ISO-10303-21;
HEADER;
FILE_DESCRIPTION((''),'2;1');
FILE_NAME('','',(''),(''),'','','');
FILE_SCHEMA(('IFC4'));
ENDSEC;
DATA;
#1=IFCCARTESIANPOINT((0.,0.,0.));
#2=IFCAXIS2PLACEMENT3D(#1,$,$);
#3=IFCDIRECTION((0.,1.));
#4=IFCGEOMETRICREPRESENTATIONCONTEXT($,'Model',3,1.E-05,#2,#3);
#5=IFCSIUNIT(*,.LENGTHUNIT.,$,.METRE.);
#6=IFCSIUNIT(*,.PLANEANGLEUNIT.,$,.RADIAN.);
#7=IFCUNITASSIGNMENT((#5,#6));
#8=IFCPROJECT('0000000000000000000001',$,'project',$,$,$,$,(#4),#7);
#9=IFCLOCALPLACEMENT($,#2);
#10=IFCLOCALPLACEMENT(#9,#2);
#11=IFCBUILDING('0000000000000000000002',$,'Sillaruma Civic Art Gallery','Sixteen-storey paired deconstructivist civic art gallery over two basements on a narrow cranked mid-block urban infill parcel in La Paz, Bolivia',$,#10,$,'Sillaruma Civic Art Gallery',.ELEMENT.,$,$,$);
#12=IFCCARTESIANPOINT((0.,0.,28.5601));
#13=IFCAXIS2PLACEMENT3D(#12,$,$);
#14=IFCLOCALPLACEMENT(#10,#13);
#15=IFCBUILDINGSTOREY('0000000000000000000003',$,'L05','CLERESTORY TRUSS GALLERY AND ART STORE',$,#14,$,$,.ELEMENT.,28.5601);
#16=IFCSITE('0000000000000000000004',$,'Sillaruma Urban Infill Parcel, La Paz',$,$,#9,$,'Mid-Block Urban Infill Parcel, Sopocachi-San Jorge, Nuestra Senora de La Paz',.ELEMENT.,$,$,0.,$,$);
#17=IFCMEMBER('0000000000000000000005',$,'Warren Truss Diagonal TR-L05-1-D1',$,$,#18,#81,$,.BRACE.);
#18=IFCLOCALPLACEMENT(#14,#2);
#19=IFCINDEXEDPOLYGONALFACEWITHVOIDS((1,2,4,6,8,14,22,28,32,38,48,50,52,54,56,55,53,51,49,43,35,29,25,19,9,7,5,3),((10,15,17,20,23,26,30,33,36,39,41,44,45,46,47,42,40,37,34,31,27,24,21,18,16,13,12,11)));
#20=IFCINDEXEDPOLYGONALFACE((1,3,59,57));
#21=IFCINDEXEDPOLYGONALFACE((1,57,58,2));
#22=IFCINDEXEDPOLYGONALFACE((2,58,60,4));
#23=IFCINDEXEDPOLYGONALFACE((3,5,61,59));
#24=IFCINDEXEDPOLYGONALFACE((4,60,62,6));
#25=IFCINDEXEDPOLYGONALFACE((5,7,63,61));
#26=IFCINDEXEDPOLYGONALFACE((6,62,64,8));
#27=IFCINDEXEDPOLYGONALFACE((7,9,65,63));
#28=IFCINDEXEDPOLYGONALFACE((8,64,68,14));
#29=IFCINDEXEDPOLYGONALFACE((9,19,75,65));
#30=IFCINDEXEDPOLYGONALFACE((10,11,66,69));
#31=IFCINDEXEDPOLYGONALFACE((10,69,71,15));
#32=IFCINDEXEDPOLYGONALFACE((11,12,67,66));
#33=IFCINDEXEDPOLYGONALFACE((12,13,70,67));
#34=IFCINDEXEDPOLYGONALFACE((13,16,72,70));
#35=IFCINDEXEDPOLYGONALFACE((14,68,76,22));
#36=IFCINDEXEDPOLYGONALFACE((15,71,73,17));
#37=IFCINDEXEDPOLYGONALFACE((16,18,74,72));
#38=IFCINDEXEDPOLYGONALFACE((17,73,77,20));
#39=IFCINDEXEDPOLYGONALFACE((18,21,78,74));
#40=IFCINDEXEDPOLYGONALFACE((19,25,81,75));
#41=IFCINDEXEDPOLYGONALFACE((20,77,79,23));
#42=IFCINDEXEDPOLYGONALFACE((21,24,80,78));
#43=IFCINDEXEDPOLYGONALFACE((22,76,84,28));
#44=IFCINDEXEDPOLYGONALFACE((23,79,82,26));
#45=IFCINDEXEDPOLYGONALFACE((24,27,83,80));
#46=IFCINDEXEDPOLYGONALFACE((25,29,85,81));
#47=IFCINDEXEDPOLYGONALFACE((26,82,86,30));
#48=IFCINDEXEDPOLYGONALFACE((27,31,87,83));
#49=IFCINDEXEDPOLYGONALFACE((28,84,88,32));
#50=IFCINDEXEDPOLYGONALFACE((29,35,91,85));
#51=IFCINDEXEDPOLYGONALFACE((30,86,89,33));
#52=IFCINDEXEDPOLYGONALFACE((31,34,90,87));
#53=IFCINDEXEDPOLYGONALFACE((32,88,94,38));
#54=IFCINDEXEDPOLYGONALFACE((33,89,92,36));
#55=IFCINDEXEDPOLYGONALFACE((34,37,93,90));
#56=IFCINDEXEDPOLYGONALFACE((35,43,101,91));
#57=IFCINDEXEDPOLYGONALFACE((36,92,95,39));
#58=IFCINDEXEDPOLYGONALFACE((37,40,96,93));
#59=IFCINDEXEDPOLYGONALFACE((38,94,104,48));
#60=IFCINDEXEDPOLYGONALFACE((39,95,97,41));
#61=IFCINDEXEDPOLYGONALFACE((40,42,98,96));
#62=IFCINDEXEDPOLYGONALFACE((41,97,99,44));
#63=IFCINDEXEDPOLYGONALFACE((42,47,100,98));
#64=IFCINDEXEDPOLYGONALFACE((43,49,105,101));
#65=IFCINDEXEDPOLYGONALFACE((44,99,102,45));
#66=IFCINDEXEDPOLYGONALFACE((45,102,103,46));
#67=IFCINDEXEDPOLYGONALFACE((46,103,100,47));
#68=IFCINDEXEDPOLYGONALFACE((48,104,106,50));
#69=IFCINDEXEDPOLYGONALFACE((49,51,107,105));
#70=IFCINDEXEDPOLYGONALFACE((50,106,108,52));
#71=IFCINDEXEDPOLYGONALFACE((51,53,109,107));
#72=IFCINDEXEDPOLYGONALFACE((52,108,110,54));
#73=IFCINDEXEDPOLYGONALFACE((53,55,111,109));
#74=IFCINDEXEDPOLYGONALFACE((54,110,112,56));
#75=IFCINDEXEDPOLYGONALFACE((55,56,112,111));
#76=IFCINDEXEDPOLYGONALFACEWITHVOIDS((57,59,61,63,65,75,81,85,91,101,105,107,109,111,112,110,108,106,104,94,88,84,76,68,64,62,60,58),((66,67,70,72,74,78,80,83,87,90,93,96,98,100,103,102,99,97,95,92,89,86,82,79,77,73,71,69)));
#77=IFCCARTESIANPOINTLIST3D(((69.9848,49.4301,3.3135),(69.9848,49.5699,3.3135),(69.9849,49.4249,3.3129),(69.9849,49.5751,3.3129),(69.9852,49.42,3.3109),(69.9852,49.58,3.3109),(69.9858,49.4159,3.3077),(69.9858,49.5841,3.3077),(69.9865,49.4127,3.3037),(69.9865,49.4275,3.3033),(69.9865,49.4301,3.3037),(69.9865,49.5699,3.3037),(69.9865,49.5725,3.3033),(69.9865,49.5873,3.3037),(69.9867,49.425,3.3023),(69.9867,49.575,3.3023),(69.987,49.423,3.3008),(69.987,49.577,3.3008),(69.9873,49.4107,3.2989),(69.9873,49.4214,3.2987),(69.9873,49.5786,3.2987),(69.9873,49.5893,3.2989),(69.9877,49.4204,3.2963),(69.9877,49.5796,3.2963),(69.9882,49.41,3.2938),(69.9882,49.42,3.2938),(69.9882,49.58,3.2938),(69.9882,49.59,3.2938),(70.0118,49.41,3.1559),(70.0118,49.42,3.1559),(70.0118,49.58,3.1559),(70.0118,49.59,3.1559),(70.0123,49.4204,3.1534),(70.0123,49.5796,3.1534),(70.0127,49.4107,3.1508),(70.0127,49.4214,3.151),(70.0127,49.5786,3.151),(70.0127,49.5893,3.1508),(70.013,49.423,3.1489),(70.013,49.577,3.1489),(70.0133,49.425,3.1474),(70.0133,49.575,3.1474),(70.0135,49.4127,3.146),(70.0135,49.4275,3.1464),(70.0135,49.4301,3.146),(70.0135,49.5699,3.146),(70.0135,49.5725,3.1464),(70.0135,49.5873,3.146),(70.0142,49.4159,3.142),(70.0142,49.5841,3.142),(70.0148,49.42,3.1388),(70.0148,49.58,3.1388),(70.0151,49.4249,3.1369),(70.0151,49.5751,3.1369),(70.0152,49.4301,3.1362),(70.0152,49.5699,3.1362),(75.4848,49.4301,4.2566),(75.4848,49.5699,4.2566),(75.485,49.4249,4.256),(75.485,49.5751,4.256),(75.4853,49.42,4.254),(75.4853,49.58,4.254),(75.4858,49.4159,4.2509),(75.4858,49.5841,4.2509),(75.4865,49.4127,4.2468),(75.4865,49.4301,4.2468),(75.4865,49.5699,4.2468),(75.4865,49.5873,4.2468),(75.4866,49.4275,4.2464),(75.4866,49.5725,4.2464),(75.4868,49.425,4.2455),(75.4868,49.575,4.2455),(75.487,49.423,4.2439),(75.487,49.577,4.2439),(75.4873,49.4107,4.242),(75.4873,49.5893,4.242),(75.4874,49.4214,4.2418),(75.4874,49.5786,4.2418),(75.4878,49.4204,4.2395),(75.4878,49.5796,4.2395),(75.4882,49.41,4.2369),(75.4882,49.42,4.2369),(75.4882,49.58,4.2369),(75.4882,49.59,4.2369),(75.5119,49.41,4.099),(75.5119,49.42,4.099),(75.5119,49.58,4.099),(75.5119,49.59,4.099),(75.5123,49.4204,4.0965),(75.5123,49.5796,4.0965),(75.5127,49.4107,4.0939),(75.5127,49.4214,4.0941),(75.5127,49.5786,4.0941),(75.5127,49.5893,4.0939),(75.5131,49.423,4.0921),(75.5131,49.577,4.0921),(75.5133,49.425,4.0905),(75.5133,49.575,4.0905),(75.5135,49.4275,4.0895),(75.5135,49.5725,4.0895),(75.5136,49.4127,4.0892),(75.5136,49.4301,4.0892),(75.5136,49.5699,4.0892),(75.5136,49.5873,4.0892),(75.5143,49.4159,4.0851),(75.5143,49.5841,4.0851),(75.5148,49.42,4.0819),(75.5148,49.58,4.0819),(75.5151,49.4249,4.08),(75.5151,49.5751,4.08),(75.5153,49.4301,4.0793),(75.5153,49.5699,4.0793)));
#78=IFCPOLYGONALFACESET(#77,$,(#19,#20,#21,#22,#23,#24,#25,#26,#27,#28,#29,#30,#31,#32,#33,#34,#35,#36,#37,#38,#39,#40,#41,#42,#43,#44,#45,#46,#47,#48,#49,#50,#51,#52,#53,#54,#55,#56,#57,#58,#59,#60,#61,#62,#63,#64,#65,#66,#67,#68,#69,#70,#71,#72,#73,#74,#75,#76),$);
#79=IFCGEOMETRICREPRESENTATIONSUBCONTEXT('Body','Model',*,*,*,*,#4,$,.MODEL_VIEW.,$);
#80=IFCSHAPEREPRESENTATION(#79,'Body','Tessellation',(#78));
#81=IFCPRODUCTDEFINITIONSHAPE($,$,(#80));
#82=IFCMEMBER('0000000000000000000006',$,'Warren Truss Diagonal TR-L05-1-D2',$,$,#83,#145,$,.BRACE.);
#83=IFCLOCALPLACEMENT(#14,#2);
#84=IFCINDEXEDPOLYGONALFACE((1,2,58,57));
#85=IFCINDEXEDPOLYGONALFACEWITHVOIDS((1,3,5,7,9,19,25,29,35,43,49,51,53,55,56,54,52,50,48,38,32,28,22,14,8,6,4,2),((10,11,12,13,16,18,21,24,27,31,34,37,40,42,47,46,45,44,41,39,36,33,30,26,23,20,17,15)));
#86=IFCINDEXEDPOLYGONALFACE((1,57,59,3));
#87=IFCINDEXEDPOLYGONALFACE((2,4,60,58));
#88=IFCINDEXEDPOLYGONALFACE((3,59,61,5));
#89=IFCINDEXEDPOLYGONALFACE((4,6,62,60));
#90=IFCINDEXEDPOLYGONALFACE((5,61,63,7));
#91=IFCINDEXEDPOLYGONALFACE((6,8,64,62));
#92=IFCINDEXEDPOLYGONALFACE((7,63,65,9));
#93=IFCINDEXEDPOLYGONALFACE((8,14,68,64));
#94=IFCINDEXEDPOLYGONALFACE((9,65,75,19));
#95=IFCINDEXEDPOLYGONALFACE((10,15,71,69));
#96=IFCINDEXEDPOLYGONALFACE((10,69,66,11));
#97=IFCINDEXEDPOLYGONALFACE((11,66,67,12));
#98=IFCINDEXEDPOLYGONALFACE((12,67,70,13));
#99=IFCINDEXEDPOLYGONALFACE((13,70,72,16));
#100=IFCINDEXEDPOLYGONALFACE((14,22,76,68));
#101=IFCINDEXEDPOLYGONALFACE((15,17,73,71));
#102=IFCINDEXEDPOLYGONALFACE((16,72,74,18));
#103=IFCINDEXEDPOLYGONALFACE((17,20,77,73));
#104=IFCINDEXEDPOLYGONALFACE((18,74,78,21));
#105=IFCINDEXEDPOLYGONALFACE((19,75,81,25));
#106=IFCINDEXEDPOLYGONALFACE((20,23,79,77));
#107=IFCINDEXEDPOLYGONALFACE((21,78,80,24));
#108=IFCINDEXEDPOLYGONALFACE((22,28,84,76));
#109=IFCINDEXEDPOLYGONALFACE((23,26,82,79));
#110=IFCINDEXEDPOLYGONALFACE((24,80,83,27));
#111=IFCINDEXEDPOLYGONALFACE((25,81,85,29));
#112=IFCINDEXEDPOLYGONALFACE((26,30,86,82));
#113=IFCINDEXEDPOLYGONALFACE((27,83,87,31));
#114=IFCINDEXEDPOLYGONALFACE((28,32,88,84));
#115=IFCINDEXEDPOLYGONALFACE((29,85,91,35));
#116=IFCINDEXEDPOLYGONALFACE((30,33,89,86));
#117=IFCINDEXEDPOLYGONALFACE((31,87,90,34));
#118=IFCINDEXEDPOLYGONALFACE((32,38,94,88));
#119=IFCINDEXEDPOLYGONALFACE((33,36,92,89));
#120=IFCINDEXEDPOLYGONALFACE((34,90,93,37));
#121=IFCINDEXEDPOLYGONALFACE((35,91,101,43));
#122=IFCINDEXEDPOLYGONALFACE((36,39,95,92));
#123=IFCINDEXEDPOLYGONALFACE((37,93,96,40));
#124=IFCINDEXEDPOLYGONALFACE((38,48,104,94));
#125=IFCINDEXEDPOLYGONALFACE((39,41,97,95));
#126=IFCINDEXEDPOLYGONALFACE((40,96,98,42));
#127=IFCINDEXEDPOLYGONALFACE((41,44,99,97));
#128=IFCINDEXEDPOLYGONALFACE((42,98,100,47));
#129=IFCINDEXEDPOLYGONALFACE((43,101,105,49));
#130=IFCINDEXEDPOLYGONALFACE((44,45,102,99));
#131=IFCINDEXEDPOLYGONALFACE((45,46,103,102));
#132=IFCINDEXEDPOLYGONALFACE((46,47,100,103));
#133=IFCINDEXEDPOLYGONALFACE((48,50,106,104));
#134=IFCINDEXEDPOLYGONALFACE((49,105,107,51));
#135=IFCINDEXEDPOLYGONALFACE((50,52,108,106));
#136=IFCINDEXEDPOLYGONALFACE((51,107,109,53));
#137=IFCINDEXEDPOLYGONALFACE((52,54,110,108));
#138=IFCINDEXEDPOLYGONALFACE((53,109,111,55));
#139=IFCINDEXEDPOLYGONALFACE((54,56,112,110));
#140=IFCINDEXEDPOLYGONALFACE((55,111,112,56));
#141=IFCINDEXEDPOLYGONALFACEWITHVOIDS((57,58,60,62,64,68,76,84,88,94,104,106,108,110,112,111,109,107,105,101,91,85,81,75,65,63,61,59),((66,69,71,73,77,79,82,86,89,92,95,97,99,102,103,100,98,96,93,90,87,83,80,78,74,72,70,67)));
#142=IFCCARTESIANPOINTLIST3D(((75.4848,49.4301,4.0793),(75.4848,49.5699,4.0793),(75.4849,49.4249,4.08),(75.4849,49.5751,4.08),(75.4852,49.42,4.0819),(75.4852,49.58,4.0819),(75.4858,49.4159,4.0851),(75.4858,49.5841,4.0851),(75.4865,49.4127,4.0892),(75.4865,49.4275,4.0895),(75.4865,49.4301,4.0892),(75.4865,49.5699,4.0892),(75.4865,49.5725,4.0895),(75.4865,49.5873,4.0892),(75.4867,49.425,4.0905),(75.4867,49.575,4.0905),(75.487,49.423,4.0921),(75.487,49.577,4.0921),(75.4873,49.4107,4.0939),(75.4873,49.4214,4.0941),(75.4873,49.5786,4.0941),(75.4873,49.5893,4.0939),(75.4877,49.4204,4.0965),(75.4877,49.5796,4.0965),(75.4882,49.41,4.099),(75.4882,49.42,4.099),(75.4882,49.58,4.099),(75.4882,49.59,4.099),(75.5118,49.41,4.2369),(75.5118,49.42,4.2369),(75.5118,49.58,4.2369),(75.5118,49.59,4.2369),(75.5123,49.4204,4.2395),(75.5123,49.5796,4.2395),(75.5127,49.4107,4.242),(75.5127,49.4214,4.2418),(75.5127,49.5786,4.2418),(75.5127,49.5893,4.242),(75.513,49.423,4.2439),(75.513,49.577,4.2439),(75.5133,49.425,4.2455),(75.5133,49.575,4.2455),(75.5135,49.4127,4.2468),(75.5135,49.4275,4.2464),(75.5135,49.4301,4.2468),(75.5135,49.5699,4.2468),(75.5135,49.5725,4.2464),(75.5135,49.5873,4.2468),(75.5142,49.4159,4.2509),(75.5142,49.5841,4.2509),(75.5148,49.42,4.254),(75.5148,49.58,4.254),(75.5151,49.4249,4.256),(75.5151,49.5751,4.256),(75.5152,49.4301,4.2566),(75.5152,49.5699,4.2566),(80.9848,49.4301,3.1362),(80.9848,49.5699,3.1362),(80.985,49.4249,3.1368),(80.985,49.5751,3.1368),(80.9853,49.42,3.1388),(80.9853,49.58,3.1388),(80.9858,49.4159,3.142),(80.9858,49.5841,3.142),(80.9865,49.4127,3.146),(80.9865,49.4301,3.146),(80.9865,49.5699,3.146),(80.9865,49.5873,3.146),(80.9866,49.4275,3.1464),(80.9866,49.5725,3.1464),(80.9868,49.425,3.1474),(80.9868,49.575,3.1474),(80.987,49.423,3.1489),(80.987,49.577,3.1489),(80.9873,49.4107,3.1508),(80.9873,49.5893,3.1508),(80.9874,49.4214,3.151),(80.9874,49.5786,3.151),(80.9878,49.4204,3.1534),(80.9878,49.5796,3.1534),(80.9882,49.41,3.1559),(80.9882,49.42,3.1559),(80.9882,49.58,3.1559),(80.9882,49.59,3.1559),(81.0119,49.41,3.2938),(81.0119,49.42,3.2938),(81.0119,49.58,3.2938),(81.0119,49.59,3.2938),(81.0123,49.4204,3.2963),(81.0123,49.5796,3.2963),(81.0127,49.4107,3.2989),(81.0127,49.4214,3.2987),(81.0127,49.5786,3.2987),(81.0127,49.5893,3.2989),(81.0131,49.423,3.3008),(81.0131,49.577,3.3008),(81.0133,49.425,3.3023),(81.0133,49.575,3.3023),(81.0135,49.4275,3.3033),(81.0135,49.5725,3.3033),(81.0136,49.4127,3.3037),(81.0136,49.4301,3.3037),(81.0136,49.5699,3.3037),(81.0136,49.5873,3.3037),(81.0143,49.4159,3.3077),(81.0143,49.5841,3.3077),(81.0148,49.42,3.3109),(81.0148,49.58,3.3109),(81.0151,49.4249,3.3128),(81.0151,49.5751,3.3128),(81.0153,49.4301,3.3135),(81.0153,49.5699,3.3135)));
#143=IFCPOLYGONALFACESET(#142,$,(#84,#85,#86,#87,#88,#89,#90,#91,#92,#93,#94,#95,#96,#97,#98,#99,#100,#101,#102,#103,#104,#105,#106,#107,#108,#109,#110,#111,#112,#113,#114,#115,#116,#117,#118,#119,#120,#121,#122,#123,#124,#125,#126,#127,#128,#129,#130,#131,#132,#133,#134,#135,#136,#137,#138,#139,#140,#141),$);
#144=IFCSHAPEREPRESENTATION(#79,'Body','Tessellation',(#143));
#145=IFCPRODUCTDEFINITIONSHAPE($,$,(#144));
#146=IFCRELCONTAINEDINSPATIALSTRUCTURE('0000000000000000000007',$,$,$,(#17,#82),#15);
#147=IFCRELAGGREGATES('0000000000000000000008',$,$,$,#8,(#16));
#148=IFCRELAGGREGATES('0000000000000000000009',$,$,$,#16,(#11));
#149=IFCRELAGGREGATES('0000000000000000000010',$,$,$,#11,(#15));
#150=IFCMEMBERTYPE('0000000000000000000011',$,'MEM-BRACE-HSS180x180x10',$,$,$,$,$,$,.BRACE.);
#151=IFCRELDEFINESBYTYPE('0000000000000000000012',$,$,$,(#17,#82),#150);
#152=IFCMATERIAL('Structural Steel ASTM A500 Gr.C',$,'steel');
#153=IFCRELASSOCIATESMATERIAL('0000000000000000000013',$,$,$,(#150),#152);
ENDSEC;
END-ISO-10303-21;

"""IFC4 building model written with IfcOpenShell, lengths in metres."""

from ifc_helpers import new_model, si_unit, direction, frame, origin, origin_2d, place, context, subcontext, project, spatial, hollow_rectangle, extrude, material, material_profile, profile_set, type_object, element, save


model = new_model("IFC4")

# Units and contexts
model_context = context("Model", 3, precision=1e-05, world=origin(), true_north=direction((0.0, 1.0)))
body_context = subcontext(model_context, "Body", "Model", "MODEL_VIEW")
ifc_project = project(units=[si_unit("LENGTHUNIT", "METRE"), si_unit("PLANEANGLEUNIT", "RADIAN")], contexts=[model_context])

# Site, building, storey
site_placement = place(None, origin())
site = spatial("IfcSite", under=ifc_project, at=site_placement, Name="Sillaruma Urban Infill Parcel, La Paz", LongName="Mid-Block Urban Infill Parcel, Sopocachi-San Jorge, Nuestra Senora de La Paz", CompositionType="ELEMENT", RefElevation=0.0)
building_placement = place(site_placement, origin())
building = spatial("IfcBuilding", under=site, at=building_placement, Name="Sillaruma Civic Art Gallery", Description="Sixteen-storey paired deconstructivist civic art gallery over two basements on a narrow cranked mid-block urban infill parcel in La Paz, Bolivia", LongName="Sillaruma Civic Art Gallery", CompositionType="ELEMENT")
storey_placement = place(building_placement, frame((0.0, 0.0, 28.5601)))
storey = spatial("IfcBuildingStorey", under=building, at=storey_placement, Name="L05", Description="CLERESTORY TRUSS GALLERY AND ART STORE", CompositionType="ELEMENT", Elevation=28.5601)

# Members
ifc_material_1 = material(Name="Structural Steel ASTM A500 Gr.C", Category="steel")
ifc_material_profile_1 = material_profile(ifc_material_1, hollow_rectangle(XDim=0.1799, YDim=0.1799, WallThickness=0.01, InnerFilletRadius=0.01, OuterFilletRadius=0.02, at=origin_2d()), Name="HSS180x180x10")
ifc_profile_set_1 = profile_set([ifc_material_profile_1], Name="Structural Steel ASTM A500 Gr.C")
member_type_1 = type_object("IfcMemberType", Name="MEM-BRACE-HSS180x180x10", PredefinedType="BRACE", material=ifc_profile_set_1)
for number, where, z_axis, x_axis, name in (
    (1, (70.0, 49.5, 3.2249), (0.985615, 0.0, 0.169009), (0.0, 1.0, 0.0), "Warren Truss Diagonal TR-L05-1-D1"),
    (2, (75.5, 49.5, 4.168), (0.985615, 0.0, -0.169009), (0.0, 1.0, 0.0), "Warren Truss Diagonal TR-L05-1-D2"),
):
    element("IfcMember", number, at=place(storey_placement, frame(where, z_axis=z_axis, x_axis=x_axis)), inside=storey, type_object=member_type_1, Name=name, PredefinedType="BRACE", context=body_context, shape_type="SweptSolid", body=[
        extrude(hollow_rectangle(XDim=0.1799, YDim=0.1799, WallThickness=0.01, InnerFilletRadius=0.01, OuterFilletRadius=0.02, at=origin_2d()), origin(), (0.0, 0.0, 1.0), 5.5803),
    ])

save(model, "model.ifc")
